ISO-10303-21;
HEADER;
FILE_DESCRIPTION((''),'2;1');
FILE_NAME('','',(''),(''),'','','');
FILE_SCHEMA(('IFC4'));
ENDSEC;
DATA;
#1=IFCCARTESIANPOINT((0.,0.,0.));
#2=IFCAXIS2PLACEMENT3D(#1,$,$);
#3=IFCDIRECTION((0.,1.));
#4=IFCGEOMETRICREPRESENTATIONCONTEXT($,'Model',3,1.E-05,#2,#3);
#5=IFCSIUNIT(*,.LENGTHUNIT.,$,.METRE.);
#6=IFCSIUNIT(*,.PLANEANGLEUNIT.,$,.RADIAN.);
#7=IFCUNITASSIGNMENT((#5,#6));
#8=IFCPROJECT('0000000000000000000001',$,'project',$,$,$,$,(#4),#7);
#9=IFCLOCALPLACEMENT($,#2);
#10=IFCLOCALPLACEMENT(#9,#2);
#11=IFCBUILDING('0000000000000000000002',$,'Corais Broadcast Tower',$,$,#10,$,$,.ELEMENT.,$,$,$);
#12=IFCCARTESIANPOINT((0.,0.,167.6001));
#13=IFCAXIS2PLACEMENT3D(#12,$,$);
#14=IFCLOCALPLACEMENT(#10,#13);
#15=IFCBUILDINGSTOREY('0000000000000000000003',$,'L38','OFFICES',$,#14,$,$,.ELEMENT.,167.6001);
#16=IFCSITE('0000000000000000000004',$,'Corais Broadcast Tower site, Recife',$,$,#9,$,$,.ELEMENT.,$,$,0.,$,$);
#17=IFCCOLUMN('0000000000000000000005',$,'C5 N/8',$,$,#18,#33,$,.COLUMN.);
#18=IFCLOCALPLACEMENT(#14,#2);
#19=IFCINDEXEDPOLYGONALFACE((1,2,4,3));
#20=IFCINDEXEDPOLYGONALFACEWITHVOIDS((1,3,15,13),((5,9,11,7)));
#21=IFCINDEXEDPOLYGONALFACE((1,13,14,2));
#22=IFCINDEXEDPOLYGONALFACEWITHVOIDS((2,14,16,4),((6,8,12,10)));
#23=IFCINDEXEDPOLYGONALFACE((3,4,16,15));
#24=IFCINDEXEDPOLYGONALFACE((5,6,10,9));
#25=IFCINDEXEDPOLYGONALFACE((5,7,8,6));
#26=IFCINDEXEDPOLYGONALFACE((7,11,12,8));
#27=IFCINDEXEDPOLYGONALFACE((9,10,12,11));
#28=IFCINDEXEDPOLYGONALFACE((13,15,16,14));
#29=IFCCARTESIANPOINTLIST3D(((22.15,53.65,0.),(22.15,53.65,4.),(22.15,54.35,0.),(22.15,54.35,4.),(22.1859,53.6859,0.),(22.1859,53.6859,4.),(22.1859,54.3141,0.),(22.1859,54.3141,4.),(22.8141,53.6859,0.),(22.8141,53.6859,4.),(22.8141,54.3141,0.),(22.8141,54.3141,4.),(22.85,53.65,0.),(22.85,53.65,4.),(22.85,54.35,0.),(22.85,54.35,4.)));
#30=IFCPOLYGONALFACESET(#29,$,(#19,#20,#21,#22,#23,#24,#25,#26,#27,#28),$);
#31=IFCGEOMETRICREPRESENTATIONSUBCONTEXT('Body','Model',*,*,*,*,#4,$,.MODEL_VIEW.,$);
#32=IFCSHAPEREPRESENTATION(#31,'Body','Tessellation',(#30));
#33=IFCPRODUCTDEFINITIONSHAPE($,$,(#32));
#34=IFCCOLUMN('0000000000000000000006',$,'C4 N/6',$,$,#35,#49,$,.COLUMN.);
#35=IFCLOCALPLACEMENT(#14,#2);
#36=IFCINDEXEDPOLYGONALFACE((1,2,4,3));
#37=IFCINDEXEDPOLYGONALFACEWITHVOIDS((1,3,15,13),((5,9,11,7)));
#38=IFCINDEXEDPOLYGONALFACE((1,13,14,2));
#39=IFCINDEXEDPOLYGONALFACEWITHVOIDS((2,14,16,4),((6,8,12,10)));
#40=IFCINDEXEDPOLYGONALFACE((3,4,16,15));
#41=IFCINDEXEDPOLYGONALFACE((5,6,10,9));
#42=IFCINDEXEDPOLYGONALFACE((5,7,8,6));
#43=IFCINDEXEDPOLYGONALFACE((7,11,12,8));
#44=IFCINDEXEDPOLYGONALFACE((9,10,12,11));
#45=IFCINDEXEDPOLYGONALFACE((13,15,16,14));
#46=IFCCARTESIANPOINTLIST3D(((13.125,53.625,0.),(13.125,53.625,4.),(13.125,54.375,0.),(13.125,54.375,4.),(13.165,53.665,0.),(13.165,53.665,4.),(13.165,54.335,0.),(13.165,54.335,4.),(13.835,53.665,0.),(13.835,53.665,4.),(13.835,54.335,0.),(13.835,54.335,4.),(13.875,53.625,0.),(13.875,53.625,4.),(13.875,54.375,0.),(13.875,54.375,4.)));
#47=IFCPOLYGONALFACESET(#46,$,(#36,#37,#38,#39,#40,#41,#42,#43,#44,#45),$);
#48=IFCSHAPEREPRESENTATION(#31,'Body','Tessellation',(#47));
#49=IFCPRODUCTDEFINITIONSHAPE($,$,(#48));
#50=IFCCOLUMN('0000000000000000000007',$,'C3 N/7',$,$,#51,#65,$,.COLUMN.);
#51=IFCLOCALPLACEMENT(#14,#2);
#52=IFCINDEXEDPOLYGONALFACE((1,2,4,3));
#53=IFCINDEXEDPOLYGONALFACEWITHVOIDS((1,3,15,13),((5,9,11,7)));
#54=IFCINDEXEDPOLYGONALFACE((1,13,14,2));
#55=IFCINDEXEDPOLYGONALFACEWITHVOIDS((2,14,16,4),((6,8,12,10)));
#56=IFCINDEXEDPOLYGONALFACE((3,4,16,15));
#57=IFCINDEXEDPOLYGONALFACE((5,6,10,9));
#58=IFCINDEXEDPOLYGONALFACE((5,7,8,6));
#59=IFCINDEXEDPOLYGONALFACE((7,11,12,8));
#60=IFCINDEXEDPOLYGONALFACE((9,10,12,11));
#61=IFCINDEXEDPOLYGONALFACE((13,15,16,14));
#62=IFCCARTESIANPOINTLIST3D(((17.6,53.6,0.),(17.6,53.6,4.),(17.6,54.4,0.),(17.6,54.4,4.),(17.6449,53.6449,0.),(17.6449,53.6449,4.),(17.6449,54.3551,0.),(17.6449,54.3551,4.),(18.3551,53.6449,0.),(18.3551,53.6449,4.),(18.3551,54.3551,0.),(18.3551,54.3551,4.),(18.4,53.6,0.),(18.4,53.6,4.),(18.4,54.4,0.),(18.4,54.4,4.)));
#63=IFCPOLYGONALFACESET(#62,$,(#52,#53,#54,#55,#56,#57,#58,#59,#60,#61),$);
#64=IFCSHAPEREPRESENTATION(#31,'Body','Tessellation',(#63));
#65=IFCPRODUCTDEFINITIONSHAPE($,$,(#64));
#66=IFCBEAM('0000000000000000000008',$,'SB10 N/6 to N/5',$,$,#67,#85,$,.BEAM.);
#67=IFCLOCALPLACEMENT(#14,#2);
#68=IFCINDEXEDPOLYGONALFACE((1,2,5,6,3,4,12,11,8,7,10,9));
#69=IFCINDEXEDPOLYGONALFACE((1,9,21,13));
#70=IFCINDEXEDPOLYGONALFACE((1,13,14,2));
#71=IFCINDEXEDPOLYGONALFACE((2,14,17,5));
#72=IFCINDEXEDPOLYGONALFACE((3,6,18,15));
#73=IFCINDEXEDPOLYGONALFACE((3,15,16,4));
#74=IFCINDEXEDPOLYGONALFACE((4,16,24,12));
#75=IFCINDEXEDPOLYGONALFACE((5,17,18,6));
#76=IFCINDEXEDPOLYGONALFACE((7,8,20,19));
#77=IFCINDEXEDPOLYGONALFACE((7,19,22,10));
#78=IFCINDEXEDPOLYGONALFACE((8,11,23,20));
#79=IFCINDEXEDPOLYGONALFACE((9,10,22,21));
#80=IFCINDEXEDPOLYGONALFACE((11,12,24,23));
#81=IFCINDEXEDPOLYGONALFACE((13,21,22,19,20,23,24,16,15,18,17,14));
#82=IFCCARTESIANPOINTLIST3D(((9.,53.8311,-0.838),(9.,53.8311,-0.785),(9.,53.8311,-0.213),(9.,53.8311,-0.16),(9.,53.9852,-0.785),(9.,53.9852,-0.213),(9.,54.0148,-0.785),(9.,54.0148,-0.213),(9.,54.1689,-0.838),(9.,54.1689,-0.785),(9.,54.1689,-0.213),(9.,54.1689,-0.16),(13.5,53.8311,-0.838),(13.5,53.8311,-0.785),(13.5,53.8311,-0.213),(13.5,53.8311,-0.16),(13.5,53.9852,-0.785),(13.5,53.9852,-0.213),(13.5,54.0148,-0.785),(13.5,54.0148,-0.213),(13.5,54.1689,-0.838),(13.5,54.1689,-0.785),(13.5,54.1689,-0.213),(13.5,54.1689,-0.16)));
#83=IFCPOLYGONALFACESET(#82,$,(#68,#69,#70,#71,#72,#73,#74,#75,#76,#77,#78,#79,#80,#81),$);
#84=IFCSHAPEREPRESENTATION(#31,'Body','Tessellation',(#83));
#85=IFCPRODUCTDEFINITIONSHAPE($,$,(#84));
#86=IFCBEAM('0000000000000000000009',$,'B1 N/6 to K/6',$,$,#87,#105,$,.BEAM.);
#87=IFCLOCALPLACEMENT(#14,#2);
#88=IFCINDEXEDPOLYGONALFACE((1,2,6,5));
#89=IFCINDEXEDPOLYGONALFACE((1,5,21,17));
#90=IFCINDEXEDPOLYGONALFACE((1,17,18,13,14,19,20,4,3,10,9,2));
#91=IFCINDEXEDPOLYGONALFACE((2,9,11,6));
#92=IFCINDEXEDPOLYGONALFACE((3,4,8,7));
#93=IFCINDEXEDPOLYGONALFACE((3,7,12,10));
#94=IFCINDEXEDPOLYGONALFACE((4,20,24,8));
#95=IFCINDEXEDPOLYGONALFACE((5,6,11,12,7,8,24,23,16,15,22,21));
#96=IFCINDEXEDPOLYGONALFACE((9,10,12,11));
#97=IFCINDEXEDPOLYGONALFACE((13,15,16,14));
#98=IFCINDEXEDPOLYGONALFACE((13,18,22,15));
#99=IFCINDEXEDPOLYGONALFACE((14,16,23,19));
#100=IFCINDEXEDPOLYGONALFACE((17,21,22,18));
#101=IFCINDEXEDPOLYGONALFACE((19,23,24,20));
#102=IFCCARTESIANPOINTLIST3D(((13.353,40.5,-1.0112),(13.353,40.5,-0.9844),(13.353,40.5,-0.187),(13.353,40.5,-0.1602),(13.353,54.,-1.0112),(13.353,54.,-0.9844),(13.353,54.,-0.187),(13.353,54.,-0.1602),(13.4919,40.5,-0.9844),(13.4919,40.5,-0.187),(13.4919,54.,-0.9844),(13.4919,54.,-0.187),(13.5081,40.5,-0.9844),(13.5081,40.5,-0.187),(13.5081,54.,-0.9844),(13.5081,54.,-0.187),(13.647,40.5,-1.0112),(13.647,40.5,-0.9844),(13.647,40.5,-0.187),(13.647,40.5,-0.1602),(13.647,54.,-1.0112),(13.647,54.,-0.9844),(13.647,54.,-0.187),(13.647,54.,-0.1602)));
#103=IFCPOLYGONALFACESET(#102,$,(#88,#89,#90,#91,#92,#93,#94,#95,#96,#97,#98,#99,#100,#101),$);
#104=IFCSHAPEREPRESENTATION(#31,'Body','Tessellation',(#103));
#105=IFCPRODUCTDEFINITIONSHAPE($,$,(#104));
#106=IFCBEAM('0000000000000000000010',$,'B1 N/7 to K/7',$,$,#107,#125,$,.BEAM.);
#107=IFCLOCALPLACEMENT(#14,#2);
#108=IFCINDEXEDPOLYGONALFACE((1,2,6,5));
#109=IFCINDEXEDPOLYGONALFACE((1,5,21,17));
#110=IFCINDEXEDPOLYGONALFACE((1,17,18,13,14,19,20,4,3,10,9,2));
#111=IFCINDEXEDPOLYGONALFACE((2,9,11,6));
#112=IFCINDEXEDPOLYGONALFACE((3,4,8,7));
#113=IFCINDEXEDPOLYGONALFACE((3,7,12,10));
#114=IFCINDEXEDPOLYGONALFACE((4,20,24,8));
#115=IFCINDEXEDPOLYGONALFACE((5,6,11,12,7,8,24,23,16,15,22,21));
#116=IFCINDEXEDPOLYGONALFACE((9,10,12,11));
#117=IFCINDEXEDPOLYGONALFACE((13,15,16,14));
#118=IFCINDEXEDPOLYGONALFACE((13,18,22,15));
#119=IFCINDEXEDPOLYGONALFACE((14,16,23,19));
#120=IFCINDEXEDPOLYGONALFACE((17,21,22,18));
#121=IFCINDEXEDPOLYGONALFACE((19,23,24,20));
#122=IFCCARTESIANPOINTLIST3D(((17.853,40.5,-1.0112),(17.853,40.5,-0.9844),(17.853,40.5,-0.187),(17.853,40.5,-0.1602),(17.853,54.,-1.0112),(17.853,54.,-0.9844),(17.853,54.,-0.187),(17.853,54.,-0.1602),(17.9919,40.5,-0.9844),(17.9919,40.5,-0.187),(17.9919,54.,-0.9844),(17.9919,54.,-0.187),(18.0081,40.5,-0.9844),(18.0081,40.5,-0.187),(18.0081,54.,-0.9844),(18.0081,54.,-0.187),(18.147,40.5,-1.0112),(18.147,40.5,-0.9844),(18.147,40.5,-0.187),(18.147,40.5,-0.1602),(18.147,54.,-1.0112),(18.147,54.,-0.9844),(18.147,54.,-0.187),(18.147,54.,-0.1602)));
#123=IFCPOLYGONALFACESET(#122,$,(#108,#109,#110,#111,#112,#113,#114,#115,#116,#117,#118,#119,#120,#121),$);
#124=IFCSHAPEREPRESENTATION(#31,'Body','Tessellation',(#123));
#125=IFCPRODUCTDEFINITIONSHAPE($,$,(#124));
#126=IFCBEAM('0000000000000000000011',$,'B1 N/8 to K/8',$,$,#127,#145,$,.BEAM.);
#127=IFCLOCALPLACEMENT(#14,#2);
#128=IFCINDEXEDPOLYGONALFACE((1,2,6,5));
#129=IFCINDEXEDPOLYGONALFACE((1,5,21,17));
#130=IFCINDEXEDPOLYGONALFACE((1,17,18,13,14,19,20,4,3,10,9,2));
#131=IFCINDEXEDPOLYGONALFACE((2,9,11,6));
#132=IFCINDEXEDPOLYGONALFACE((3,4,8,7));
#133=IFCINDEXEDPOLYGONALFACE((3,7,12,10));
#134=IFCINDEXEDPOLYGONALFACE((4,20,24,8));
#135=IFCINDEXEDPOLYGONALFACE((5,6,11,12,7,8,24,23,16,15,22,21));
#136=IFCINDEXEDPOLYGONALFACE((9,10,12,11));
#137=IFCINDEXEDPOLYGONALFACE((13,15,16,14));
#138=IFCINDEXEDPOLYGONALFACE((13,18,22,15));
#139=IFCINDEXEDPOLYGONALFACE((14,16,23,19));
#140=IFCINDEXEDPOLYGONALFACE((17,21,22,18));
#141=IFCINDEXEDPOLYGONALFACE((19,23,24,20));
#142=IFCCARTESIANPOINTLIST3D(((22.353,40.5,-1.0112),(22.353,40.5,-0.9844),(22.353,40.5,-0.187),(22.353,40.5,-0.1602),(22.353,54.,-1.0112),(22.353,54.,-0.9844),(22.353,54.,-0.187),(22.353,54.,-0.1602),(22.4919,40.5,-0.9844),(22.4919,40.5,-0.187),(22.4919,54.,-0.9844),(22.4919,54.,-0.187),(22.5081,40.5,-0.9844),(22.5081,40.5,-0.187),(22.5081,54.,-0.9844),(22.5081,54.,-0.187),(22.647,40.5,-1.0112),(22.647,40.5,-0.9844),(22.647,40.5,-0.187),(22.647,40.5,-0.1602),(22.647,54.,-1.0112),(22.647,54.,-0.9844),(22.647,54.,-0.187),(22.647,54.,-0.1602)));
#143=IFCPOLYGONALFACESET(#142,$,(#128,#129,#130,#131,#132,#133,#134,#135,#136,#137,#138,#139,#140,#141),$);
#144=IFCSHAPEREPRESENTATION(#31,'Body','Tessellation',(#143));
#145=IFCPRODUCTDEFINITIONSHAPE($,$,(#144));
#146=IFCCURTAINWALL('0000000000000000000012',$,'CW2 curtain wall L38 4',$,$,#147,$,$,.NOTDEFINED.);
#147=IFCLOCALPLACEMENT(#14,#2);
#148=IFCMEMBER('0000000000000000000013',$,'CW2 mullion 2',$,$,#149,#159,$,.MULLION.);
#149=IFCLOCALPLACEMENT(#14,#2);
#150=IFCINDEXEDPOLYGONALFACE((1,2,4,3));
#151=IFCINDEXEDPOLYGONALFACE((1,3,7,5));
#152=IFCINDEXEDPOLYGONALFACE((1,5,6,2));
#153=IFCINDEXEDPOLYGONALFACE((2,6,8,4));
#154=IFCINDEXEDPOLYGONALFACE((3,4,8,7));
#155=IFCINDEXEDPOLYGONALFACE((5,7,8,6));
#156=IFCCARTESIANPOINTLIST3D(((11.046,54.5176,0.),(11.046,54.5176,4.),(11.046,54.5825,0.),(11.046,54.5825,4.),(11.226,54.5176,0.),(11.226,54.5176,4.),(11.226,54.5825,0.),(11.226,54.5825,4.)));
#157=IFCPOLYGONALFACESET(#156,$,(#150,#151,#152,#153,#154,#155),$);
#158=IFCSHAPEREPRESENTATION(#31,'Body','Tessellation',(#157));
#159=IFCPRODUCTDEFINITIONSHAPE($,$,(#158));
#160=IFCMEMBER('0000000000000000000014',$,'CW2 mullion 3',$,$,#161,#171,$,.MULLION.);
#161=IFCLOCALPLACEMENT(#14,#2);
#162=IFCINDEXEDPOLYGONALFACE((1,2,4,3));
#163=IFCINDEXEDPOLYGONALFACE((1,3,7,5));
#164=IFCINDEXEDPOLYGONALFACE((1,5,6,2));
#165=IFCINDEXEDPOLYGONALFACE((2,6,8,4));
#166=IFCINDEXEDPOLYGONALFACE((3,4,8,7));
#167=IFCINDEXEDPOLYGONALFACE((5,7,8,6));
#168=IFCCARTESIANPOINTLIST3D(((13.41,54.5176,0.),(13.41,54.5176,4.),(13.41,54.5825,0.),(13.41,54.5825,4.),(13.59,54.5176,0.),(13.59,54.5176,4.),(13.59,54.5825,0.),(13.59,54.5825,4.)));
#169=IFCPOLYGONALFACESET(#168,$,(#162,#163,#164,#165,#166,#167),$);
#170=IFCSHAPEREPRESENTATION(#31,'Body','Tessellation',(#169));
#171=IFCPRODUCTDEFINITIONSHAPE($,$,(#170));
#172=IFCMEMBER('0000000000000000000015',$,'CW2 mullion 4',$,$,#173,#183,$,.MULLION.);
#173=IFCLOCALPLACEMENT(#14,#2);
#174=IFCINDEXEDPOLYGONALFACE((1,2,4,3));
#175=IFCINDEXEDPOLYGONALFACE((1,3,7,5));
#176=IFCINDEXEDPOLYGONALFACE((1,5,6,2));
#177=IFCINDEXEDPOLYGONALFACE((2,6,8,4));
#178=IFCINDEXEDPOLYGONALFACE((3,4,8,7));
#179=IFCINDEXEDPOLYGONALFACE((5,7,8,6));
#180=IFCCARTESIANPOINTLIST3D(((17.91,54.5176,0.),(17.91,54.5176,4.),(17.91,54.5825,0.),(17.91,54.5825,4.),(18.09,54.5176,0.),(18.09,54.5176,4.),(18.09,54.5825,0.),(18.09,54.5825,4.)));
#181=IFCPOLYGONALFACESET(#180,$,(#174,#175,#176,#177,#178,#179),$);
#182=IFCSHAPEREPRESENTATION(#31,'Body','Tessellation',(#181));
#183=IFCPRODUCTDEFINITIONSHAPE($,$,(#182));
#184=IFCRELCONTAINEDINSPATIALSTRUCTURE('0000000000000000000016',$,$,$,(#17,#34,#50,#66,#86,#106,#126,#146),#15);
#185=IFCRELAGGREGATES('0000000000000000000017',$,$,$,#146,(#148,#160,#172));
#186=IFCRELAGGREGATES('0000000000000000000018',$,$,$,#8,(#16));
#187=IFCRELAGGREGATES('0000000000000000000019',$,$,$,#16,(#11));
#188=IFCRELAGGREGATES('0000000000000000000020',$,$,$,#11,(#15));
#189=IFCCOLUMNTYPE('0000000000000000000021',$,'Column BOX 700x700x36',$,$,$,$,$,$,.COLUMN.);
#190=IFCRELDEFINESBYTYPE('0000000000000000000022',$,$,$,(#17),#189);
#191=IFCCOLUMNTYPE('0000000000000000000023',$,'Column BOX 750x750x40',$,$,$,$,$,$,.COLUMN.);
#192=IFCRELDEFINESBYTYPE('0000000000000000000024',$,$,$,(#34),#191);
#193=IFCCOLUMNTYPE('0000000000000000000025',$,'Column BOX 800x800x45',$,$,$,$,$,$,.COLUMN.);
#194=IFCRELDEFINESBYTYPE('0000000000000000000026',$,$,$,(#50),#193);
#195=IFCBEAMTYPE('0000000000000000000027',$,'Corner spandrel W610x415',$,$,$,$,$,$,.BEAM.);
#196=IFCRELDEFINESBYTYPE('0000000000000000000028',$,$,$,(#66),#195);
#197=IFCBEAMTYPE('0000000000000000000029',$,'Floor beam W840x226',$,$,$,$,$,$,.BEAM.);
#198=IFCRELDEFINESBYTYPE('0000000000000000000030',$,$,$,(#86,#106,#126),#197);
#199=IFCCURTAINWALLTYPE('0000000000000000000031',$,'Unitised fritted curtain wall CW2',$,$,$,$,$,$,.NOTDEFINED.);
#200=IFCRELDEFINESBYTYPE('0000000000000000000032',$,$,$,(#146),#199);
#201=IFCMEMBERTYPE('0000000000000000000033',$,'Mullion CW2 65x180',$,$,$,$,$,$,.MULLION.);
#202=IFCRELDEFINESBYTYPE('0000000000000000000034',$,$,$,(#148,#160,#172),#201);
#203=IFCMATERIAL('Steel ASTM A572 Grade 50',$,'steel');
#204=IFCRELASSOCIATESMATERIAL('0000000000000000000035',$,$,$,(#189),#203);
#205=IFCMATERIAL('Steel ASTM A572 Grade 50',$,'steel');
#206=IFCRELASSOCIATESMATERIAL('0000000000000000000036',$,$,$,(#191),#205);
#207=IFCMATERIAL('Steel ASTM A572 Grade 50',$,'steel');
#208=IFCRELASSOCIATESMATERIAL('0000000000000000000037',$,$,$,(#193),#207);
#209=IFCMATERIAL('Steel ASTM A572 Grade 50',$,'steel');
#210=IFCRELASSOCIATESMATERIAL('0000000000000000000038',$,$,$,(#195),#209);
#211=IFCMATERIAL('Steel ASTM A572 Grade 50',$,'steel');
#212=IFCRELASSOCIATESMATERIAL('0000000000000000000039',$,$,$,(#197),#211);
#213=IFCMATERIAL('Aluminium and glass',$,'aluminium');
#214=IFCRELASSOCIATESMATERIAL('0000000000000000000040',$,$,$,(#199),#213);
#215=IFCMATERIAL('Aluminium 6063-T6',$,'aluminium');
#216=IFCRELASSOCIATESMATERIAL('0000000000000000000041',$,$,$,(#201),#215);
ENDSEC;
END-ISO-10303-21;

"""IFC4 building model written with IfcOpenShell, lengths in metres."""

from ifc_helpers import new_model, si_unit, direction, frame, origin, origin_2d, place, context, subcontext, project, spatial, rectangle, hollow_rectangle, i_section, extrude, material, material_profile, profile_set, type_object, element, aggregate, save


model = new_model("IFC4")

# Units and contexts
model_context = context("Model", 3, precision=1e-05, world=origin(), true_north=direction((0.0, 1.0)))
body_context = subcontext(model_context, "Body", "Model", "MODEL_VIEW")
ifc_project = project(units=[si_unit("LENGTHUNIT", "METRE"), si_unit("PLANEANGLEUNIT", "RADIAN")], contexts=[model_context])

# Site, building, storey
site_placement = place(None, origin())
site = spatial("IfcSite", under=ifc_project, at=site_placement, Name="Corais Broadcast Tower site, Recife", CompositionType="ELEMENT", RefElevation=0.0)
building_placement = place(site_placement, origin())
building = spatial("IfcBuilding", under=site, at=building_placement, Name="Corais Broadcast Tower", CompositionType="ELEMENT")
storey_placement = place(building_placement, frame((0.0, 0.0, 167.6001)))
storey = spatial("IfcBuildingStorey", under=building, at=storey_placement, Name="L38", Description="OFFICES", CompositionType="ELEMENT", Elevation=167.6001)

# Columns
ifc_material_1 = material(Name="Steel ASTM A572 Grade 50", Category="steel")
ifc_material_profile_1 = material_profile(ifc_material_1, hollow_rectangle(XDim=0.7, YDim=0.7, WallThickness=0.0359, at=origin_2d()), Name="BOX 700x700x36")
ifc_profile_set_1 = profile_set([ifc_material_profile_1], Name="Steel ASTM A572 Grade 50")
column_type_1 = type_object("IfcColumnType", Name="Column BOX 700x700x36", PredefinedType="COLUMN", material=ifc_profile_set_1)
column_1_placement = place(storey_placement, frame((22.5, 54.0, 0.0), z_axis=(0.0, 0.0, 1.0), x_axis=(1.0, 0.0, 0.0)))
element("IfcColumn", 1, at=column_1_placement, inside=storey, type_object=column_type_1, Name="C5 N/8", PredefinedType="COLUMN", context=body_context, shape_type="SweptSolid", body=[
    extrude(hollow_rectangle(XDim=0.7, YDim=0.7, WallThickness=0.0359, at=origin_2d()), origin(), (0.0, 0.0, 1.0), 4.0),
])
ifc_material_2 = material(Name="Steel ASTM A572 Grade 50", Category="steel")
ifc_material_profile_2 = material_profile(ifc_material_2, hollow_rectangle(XDim=0.75, YDim=0.75, WallThickness=0.04, at=origin_2d()), Name="BOX 750x750x40")
ifc_profile_set_2 = profile_set([ifc_material_profile_2], Name="Steel ASTM A572 Grade 50")
column_type_2 = type_object("IfcColumnType", Name="Column BOX 750x750x40", PredefinedType="COLUMN", material=ifc_profile_set_2)
column_2_placement = place(storey_placement, frame((13.5, 54.0, 0.0), z_axis=(0.0, 0.0, 1.0), x_axis=(1.0, 0.0, 0.0)))
element("IfcColumn", 2, at=column_2_placement, inside=storey, type_object=column_type_2, Name="C4 N/6", PredefinedType="COLUMN", context=body_context, shape_type="SweptSolid", body=[
    extrude(hollow_rectangle(XDim=0.75, YDim=0.75, WallThickness=0.04, at=origin_2d()), origin(), (0.0, 0.0, 1.0), 4.0),
])
ifc_material_3 = material(Name="Steel ASTM A572 Grade 50", Category="steel")
ifc_material_profile_3 = material_profile(ifc_material_3, hollow_rectangle(XDim=0.8, YDim=0.8, WallThickness=0.0449, at=origin_2d()), Name="BOX 800x800x45")
ifc_profile_set_3 = profile_set([ifc_material_profile_3], Name="Steel ASTM A572 Grade 50")
column_type_3 = type_object("IfcColumnType", Name="Column BOX 800x800x45", PredefinedType="COLUMN", material=ifc_profile_set_3)
column_3_placement = place(storey_placement, frame((18.0, 54.0, 0.0), z_axis=(0.0, 0.0, 1.0), x_axis=(1.0, 0.0, 0.0)))
element("IfcColumn", 3, at=column_3_placement, inside=storey, type_object=column_type_3, Name="C3 N/7", PredefinedType="COLUMN", context=body_context, shape_type="SweptSolid", body=[
    extrude(hollow_rectangle(XDim=0.8, YDim=0.8, WallThickness=0.0449, at=origin_2d()), origin(), (0.0, 0.0, 1.0), 4.0),
])

# Beams
ifc_material_4 = material(Name="Steel ASTM A572 Grade 50", Category="steel")
ifc_material_profile_4 = material_profile(ifc_material_4, i_section(OverallWidth=0.3379, OverallDepth=0.678, WebThickness=0.0295, FlangeThickness=0.053, at=origin_2d()), Name="W610x415")
ifc_profile_set_4 = profile_set([ifc_material_profile_4], Name="Steel ASTM A572 Grade 50")
beam_type_1 = type_object("IfcBeamType", Name="Corner spandrel W610x415", PredefinedType="BEAM", material=ifc_profile_set_4)
beam_1_placement = place(storey_placement, frame((13.5, 54.0, -0.499), z_axis=(-1.0, 0.0, 0.0), x_axis=(0.0, -1.0, 0.0)))
element("IfcBeam", 4, at=beam_1_placement, inside=storey, type_object=beam_type_1, Name="SB10 N/6 to N/5", PredefinedType="BEAM", context=body_context, shape_type="SweptSolid", body=[
    extrude(i_section(OverallWidth=0.3379, OverallDepth=0.678, WebThickness=0.0295, FlangeThickness=0.053, at=origin_2d()), origin(), (0.0, 0.0, 1.0), 4.5),
])
ifc_material_5 = material(Name="Steel ASTM A572 Grade 50", Category="steel")
ifc_material_profile_5 = material_profile(ifc_material_5, i_section(OverallWidth=0.2939, OverallDepth=0.8511, WebThickness=0.0161, FlangeThickness=0.0269, at=origin_2d()), Name="W840x226")
ifc_profile_set_5 = profile_set([ifc_material_profile_5], Name="Steel ASTM A572 Grade 50")
beam_type_2 = type_object("IfcBeamType", Name="Floor beam W840x226", PredefinedType="BEAM", material=ifc_profile_set_5)
for number, where, z_axis, x_axis, name in (
    (5, (13.5, 54.0, -0.5857), (0.0, -1.0, 0.0), (1.0, 0.0, 0.0), "B1 N/6 to K/6"),
    (6, (18.0, 54.0, -0.5857), (0.0, -1.0, 0.0), (1.0, 0.0, 0.0), "B1 N/7 to K/7"),
    (7, (22.5, 54.0, -0.5857), (0.0, -1.0, 0.0), (1.0, 0.0, 0.0), "B1 N/8 to K/8"),
):
    element("IfcBeam", number, at=place(storey_placement, frame(where, z_axis=z_axis, x_axis=x_axis)), inside=storey, type_object=beam_type_2, Name=name, PredefinedType="BEAM", context=body_context, shape_type="SweptSolid", body=[
        extrude(i_section(OverallWidth=0.2939, OverallDepth=0.8511, WebThickness=0.0161, FlangeThickness=0.0269, at=origin_2d()), origin(), (0.0, 0.0, 1.0), 13.5),
    ])

# Curtain wall, members
ifc_material_6 = material(Name="Aluminium and glass", Category="aluminium")
curtain_wall_type = type_object("IfcCurtainWallType", Name="Unitised fritted curtain wall CW2", PredefinedType="NOTDEFINED", material=ifc_material_6)
curtain_wall_placement = place(storey_placement, origin())
curtain_wall = element("IfcCurtainWall", 8, at=curtain_wall_placement, inside=storey, type_object=curtain_wall_type, Name="CW2 curtain wall L38 4", PredefinedType="NOTDEFINED")
ifc_material_7 = material(Name="Aluminium 6063-T6", Category="aluminium")
ifc_material_profile_6 = material_profile(ifc_material_7, rectangle(XDim=0.0649, YDim=0.1799, at=origin_2d()), Name="Mullion CW2 65x180")
ifc_profile_set_6 = profile_set([ifc_material_profile_6], Name="Aluminium 6063-T6")
member_type_1 = type_object("IfcMemberType", Name="Mullion CW2 65x180", PredefinedType="MULLION", material=ifc_profile_set_6)
member_1_placement = place(storey_placement, frame((11.136, 54.55, 0.0), z_axis=(0.0, 0.0, 1.0), x_axis=(0.0, 1.0, 0.0)))
member_1 = element("IfcMember", 9, at=member_1_placement, type_object=member_type_1, Name="CW2 mullion 2", PredefinedType="MULLION", context=body_context, shape_type="SweptSolid", body=[
    extrude(rectangle(XDim=0.0649, YDim=0.1799, at=origin_2d()), origin(), (0.0, 0.0, 1.0), 4.0),
])
member_2_placement = place(storey_placement, frame((13.5, 54.55, 0.0), z_axis=(0.0, 0.0, 1.0), x_axis=(0.0, 1.0, 0.0)))
member_2 = element("IfcMember", 10, at=member_2_placement, type_object=member_type_1, Name="CW2 mullion 3", PredefinedType="MULLION", context=body_context, shape_type="SweptSolid", body=[
    extrude(rectangle(XDim=0.0649, YDim=0.1799, at=origin_2d()), origin(), (0.0, 0.0, 1.0), 4.0),
])
member_3_placement = place(storey_placement, frame((18.0, 54.55, 0.0), z_axis=(0.0, 0.0, 1.0), x_axis=(0.0, 1.0, 0.0)))
member_3 = element("IfcMember", 11, at=member_3_placement, type_object=member_type_1, Name="CW2 mullion 4", PredefinedType="MULLION", context=body_context, shape_type="SweptSolid", body=[
    extrude(rectangle(XDim=0.0649, YDim=0.1799, at=origin_2d()), origin(), (0.0, 0.0, 1.0), 4.0),
])

aggregate(curtain_wall, [member_1, member_2, member_3])

save(model, "model.ifc")
